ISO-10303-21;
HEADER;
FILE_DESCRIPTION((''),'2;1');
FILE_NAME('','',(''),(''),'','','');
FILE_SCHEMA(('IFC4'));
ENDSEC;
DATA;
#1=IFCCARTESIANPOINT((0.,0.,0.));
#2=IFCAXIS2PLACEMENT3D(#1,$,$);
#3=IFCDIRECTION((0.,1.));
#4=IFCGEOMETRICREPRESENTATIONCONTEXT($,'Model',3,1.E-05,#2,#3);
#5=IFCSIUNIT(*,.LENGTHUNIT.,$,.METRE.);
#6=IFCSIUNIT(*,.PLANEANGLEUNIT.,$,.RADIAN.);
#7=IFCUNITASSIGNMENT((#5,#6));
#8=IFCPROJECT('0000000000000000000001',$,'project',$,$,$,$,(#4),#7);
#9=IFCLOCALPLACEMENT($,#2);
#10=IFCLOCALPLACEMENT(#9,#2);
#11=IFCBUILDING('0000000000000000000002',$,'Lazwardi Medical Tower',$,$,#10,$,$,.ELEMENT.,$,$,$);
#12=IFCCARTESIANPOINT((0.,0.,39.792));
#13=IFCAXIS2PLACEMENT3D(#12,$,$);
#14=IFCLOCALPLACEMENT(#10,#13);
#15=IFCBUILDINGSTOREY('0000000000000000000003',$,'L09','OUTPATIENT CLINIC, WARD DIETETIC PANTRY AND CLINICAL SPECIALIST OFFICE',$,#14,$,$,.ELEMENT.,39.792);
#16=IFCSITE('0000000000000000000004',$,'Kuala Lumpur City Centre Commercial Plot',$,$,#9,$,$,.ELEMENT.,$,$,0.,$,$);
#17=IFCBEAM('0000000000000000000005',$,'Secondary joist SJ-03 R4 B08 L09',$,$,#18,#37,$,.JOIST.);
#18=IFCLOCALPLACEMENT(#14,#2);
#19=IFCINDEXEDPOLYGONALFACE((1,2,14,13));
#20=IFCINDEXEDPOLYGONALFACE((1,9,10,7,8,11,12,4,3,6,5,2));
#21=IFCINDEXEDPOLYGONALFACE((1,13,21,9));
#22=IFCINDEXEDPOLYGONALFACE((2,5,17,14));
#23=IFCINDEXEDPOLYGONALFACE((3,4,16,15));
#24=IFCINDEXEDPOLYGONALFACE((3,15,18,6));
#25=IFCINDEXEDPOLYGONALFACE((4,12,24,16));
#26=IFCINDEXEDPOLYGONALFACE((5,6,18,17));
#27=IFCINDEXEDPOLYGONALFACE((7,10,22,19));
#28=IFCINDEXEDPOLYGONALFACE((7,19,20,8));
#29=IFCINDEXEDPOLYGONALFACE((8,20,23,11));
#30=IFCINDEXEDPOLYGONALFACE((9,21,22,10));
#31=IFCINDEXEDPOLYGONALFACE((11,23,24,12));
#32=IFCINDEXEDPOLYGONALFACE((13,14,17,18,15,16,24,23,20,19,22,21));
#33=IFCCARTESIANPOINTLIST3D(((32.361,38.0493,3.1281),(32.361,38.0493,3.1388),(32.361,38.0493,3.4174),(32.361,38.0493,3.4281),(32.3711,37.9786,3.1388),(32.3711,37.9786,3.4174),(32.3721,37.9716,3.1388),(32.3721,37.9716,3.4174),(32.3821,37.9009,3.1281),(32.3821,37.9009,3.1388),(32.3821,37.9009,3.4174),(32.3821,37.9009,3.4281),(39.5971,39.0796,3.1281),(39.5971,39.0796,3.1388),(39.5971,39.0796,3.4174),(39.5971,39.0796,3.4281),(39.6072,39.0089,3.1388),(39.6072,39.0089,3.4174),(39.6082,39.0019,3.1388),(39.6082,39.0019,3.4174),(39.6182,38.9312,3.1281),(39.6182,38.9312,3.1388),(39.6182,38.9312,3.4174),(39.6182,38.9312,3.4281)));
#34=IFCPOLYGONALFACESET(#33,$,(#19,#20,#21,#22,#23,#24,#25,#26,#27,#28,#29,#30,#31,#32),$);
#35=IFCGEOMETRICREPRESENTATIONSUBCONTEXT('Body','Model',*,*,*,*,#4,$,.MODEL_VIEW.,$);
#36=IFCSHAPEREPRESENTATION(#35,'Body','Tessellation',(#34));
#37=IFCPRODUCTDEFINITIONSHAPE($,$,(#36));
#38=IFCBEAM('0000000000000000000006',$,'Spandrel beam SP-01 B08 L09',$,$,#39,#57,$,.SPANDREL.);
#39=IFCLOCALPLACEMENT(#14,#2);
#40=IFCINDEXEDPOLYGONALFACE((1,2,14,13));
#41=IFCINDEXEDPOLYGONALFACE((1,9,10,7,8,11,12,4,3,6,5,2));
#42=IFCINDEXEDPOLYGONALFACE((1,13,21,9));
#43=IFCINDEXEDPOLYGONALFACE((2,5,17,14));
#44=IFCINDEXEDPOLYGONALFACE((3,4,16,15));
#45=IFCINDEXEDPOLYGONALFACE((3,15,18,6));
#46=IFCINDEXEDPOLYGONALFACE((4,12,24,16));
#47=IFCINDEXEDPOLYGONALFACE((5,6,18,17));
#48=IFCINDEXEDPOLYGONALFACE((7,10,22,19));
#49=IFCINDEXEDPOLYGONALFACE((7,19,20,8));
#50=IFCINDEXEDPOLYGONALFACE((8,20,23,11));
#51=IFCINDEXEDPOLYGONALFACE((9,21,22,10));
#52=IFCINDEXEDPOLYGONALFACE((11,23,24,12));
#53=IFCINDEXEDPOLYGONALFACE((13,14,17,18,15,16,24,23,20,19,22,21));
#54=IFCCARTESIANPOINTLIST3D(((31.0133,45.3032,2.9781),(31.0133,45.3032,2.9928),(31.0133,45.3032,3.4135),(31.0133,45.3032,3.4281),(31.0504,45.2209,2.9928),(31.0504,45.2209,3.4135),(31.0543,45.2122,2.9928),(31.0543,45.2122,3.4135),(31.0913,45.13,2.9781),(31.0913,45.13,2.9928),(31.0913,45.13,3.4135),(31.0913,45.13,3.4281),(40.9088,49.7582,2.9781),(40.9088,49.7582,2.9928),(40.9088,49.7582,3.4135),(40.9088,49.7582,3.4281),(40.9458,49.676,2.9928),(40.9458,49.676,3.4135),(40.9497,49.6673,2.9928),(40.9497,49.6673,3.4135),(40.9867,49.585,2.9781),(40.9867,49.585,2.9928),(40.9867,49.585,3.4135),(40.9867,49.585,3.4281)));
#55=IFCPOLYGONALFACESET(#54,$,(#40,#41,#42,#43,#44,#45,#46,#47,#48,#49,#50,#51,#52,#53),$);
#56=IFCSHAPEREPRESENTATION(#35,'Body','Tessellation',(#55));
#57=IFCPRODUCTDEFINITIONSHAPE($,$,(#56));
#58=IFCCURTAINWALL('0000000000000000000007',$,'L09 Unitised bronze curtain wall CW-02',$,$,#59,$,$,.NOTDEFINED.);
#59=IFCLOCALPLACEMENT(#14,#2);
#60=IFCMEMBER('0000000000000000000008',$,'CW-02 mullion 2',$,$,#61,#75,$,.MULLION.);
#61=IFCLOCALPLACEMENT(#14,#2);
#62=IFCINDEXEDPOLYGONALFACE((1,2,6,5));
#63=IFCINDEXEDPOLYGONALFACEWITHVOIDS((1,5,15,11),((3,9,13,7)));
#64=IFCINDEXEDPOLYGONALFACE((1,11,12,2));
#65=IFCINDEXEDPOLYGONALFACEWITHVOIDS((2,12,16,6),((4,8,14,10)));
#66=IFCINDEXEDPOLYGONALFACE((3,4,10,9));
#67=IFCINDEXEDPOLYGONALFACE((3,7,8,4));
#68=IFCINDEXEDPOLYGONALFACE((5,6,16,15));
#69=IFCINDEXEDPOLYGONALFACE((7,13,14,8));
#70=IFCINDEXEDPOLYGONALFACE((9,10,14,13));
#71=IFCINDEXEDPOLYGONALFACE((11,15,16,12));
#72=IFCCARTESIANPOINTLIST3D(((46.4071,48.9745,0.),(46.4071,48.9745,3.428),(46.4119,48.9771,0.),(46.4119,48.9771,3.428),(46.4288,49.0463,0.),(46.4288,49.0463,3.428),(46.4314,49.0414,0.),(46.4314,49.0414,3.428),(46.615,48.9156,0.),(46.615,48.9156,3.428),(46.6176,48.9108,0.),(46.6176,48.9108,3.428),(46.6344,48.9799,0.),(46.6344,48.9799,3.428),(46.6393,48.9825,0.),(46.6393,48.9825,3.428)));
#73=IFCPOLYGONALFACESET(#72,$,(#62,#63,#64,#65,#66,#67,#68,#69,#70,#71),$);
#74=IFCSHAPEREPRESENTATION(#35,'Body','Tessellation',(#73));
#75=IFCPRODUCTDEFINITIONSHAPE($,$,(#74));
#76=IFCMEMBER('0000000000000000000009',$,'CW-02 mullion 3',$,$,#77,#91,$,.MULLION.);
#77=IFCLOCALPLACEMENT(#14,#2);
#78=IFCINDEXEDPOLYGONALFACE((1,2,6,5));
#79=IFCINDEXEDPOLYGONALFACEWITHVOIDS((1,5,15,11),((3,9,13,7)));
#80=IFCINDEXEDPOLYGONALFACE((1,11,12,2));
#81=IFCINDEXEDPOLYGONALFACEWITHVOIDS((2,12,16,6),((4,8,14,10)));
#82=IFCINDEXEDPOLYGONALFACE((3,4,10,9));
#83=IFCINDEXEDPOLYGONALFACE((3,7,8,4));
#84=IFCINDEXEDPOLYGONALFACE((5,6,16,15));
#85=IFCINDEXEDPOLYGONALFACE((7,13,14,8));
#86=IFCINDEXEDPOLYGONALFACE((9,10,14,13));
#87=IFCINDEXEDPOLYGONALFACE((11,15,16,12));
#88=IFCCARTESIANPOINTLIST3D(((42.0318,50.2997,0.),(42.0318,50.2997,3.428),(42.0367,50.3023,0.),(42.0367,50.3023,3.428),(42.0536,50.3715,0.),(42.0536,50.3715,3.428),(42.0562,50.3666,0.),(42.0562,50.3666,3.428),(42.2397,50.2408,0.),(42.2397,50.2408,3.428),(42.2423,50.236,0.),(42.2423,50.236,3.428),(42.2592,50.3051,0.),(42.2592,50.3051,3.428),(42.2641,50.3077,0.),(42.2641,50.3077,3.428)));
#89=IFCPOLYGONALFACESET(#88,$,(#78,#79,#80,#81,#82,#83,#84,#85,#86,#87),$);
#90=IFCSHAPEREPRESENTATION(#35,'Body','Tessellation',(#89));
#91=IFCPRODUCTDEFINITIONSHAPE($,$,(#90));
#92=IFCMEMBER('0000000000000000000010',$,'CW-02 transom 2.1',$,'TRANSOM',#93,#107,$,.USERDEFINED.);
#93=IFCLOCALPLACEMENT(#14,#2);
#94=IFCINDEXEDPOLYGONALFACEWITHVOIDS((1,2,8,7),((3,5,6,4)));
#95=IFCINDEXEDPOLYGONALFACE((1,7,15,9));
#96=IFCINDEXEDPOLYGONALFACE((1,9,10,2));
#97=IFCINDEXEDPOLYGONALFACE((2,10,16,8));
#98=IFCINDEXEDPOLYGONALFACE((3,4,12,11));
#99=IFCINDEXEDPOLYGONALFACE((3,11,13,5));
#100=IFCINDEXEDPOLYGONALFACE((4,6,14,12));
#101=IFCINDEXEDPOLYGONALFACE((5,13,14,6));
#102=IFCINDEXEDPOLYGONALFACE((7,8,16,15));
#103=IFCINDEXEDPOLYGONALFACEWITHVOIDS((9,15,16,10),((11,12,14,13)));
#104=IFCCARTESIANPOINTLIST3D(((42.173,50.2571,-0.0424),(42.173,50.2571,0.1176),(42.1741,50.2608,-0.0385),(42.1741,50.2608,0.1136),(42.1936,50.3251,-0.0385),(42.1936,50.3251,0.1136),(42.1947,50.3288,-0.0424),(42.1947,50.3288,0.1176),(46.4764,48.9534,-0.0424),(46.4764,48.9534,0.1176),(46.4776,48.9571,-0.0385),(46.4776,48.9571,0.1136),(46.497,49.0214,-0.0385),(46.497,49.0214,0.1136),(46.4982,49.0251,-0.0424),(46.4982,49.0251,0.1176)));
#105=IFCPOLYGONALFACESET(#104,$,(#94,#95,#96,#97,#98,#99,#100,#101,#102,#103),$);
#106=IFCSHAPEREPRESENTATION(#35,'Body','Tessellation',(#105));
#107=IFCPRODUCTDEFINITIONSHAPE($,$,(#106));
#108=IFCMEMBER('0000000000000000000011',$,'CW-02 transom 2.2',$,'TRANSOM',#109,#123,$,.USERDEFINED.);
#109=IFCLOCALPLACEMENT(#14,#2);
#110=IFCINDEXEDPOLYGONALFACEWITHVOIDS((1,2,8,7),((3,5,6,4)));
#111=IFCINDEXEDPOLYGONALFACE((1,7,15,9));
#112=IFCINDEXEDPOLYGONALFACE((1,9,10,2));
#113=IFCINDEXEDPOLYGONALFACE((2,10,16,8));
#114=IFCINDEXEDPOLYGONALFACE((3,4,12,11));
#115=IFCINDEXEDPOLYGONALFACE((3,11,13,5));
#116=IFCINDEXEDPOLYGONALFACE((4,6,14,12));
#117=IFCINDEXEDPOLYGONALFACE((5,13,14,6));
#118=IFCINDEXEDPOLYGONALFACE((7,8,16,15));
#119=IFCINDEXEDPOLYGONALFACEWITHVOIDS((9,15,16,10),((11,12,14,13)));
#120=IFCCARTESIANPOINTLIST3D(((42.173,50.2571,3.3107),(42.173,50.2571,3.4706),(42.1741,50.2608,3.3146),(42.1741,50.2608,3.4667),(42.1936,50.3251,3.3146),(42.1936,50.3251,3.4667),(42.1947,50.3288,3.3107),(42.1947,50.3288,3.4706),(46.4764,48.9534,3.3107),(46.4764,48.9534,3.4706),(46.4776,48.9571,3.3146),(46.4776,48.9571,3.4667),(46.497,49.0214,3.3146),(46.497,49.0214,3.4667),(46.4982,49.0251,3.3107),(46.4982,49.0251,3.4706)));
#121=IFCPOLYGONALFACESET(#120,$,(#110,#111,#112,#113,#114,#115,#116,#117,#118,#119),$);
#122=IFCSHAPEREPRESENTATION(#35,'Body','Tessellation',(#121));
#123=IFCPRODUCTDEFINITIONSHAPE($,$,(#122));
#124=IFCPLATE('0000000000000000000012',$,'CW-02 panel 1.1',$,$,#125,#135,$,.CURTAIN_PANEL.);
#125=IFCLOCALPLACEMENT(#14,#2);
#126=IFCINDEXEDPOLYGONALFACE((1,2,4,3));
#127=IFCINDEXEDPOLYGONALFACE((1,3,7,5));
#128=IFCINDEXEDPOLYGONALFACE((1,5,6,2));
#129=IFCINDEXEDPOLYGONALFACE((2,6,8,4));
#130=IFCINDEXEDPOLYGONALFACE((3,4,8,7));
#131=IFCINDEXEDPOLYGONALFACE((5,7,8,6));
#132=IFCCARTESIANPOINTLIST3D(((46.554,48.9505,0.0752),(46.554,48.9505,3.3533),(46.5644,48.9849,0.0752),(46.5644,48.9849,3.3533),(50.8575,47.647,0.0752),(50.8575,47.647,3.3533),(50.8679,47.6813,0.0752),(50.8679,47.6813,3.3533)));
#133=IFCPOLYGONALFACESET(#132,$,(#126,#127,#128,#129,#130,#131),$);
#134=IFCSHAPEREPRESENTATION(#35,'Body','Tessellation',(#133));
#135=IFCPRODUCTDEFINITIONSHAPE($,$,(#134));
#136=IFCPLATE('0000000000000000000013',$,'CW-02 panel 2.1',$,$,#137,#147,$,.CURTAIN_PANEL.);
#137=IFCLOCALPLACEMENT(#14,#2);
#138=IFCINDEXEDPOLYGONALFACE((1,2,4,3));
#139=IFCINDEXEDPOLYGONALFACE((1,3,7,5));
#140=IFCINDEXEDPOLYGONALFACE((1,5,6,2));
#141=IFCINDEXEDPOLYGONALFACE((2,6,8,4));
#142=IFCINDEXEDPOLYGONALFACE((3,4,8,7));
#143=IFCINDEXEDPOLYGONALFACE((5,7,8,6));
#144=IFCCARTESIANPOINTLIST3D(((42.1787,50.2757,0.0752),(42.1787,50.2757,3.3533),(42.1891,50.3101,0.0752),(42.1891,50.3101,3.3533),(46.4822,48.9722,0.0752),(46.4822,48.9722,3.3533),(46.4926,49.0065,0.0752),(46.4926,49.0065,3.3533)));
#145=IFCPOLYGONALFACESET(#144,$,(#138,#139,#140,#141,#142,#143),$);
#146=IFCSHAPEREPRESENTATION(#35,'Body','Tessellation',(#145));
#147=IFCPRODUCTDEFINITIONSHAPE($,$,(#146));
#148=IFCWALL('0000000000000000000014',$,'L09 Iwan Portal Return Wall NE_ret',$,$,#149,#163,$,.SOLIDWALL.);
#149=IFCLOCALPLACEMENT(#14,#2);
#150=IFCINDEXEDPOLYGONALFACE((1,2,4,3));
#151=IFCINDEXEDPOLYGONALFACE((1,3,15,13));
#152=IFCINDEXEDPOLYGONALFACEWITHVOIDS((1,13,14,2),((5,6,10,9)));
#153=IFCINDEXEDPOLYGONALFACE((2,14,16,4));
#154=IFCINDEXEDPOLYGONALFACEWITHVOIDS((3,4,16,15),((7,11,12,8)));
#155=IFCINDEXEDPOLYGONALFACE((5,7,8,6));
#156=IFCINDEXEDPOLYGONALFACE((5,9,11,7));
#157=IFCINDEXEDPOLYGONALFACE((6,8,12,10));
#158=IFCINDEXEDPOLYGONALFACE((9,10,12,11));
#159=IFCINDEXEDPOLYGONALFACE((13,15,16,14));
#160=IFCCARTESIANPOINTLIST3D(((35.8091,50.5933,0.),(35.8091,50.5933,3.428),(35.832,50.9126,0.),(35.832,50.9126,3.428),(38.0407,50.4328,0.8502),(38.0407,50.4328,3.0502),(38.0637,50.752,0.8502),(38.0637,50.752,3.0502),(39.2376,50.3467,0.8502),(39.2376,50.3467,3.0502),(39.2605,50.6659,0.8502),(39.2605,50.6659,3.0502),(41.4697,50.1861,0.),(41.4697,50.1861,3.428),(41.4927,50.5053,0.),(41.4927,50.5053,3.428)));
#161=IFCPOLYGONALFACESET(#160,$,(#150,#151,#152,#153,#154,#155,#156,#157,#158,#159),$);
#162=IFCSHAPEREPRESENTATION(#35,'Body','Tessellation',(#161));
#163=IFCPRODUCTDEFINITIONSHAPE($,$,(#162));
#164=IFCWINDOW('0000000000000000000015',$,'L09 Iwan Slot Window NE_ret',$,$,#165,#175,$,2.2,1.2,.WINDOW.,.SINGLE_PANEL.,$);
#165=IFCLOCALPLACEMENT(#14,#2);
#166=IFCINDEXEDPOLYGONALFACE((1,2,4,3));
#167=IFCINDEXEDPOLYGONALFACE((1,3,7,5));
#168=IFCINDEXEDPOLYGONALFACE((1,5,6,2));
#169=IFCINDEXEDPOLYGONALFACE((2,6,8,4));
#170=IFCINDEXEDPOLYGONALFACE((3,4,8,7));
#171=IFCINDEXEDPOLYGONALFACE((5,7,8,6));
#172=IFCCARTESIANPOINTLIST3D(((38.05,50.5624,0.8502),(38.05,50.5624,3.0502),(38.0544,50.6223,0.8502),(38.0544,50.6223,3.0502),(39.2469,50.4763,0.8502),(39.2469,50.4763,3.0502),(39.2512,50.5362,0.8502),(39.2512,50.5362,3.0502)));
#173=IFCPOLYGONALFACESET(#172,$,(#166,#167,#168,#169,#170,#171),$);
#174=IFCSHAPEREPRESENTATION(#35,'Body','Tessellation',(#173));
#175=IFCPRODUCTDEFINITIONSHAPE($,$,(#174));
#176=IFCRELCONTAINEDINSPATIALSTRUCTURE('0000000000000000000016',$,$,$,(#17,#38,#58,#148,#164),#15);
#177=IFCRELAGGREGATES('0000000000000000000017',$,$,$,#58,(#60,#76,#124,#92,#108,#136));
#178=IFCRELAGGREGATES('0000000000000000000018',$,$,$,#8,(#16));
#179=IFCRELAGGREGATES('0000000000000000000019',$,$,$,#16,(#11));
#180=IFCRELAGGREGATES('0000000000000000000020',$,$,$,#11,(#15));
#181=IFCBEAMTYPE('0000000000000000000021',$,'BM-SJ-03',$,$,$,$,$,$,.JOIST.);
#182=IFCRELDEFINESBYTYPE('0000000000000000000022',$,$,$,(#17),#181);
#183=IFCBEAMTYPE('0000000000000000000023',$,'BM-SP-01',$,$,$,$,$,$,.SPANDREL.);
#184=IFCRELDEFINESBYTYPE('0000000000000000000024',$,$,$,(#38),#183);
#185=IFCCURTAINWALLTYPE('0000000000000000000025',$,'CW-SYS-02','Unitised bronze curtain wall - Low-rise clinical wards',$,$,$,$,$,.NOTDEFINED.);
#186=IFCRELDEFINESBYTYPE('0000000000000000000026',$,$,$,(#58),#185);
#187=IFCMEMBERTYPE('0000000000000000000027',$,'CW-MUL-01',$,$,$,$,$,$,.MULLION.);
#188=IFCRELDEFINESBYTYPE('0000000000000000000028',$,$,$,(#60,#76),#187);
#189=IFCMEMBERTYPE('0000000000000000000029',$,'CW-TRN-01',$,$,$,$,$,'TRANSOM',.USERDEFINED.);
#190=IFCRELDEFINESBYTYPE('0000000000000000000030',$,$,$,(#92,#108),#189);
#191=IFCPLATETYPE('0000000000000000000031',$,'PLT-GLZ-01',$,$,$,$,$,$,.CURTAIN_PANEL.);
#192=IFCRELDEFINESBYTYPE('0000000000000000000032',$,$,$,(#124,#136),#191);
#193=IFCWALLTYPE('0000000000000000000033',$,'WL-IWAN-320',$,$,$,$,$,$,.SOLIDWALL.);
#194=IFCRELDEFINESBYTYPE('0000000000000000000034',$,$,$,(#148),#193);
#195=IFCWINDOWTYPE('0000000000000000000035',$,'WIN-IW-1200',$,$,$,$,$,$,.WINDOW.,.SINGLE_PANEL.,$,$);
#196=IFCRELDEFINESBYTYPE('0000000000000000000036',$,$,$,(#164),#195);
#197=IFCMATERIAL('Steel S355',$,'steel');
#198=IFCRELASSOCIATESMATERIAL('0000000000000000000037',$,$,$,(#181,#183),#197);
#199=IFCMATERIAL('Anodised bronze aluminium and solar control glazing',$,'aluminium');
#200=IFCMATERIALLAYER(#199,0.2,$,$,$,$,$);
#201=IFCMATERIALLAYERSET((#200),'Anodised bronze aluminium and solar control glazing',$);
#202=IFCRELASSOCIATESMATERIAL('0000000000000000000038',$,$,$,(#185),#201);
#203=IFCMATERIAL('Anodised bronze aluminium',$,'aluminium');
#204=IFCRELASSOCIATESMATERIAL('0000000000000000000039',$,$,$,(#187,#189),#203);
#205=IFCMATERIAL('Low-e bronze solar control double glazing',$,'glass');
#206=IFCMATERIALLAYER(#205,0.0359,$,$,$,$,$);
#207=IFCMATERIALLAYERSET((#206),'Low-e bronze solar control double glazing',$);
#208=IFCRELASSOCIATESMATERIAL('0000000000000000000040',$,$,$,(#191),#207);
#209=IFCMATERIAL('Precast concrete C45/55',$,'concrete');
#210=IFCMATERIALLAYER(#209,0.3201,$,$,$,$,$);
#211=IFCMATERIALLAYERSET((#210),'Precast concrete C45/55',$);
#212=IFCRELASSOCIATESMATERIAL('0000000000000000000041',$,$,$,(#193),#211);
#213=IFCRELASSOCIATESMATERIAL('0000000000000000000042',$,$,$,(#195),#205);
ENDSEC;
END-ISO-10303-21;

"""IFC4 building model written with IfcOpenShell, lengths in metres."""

from ifc_helpers import new_model, si_unit, direction, frame, frame_2d, origin, origin_2d, place, context, subcontext, project, spatial, rectangle, hollow_rectangle, i_section, extrude, material, layer, layer_set, material_profile, profile_set, type_object, element, fill, aggregate, save


model = new_model("IFC4")

# Units and contexts
model_context = context("Model", 3, precision=1e-05, world=origin(), true_north=direction((0.0, 1.0)))
body_context = subcontext(model_context, "Body", "Model", "MODEL_VIEW")
ifc_project = project(units=[si_unit("LENGTHUNIT", "METRE"), si_unit("PLANEANGLEUNIT", "RADIAN")], contexts=[model_context])

# Site, building, storey
site_placement = place(None, origin())
site = spatial("IfcSite", under=ifc_project, at=site_placement, Name="Kuala Lumpur City Centre Commercial Plot", CompositionType="ELEMENT", RefElevation=0.0)
building_placement = place(site_placement, origin())
building = spatial("IfcBuilding", under=site, at=building_placement, Name="Lazwardi Medical Tower", CompositionType="ELEMENT")
storey_placement = place(building_placement, frame((0.0, 0.0, 39.792)))
storey = spatial("IfcBuildingStorey", under=building, at=storey_placement, Name="L09", Description="OUTPATIENT CLINIC, WARD DIETETIC PANTRY AND CLINICAL SPECIALIST OFFICE", CompositionType="ELEMENT", Elevation=39.792)

# Beams
ifc_material_1 = material(Name="Steel S355", Category="steel")
ifc_material_profile_1 = material_profile(ifc_material_1, i_section(OverallWidth=0.1499, OverallDepth=0.3, WebThickness=0.0071, FlangeThickness=0.0107, at=origin_2d()), Name="IPE 300")
ifc_profile_set_1 = profile_set([ifc_material_profile_1], Name="Steel S355")
beam_type_1 = type_object("IfcBeamType", Name="BM-SJ-03", PredefinedType="JOIST", material=ifc_profile_set_1)
beam_1_placement = place(storey_placement, frame((39.6077, 39.0054, 3.2781), z_axis=(-0.990016, -0.140958, 0.0), x_axis=(0.140958, -0.990016, 0.0)))
element("IfcBeam", 1, at=beam_1_placement, inside=storey, type_object=beam_type_1, Name="Secondary joist SJ-03 R4 B08 L09", PredefinedType="JOIST", context=body_context, shape_type="SweptSolid", body=[
    extrude(i_section(OverallWidth=0.1499, OverallDepth=0.3, WebThickness=0.0071, FlangeThickness=0.0107, at=origin_2d()), origin(), (0.0, 0.0, 1.0), 7.3091),
])
ifc_material_profile_2 = material_profile(ifc_material_1, i_section(OverallWidth=0.1899, OverallDepth=0.45, WebThickness=0.0095, FlangeThickness=0.0146, at=origin_2d()), Name="IPE 450")
ifc_profile_set_2 = profile_set([ifc_material_profile_2], Name="Steel S355")
beam_type_2 = type_object("IfcBeamType", Name="BM-SP-01", PredefinedType="SPANDREL", material=ifc_profile_set_2)
beam_2_placement = place(storey_placement, frame((40.9478, 49.6716, 3.2031), z_axis=(-0.911849, -0.410526, 0.0), x_axis=(0.410526, -0.911849, 0.0)))
element("IfcBeam", 2, at=beam_2_placement, inside=storey, type_object=beam_type_2, Name="Spandrel beam SP-01 B08 L09", PredefinedType="SPANDREL", context=body_context, shape_type="SweptSolid", body=[
    extrude(i_section(OverallWidth=0.1899, OverallDepth=0.45, WebThickness=0.0095, FlangeThickness=0.0146, at=origin_2d()), origin(), (0.0, 0.0, 1.0), 10.8521),
])

# Curtain wall, members, plates
ifc_material_2 = material(Name="Anodised bronze aluminium and solar control glazing", Category="aluminium")
ifc_layer_1 = layer(ifc_material_2, 0.2)
ifc_layer_set_1 = layer_set([ifc_layer_1], Name="Anodised bronze aluminium and solar control glazing")
curtain_wall_type = type_object("IfcCurtainWallType", Name="CW-SYS-02", Description="Unitised bronze curtain wall - Low-rise clinical wards", PredefinedType="NOTDEFINED", material=ifc_layer_set_1)
curtain_wall_placement = place(storey_placement, origin())
curtain_wall = element("IfcCurtainWall", 3, at=curtain_wall_placement, inside=storey, type_object=curtain_wall_type, Name="L09 Unitised bronze curtain wall CW-02", PredefinedType="NOTDEFINED")
ifc_material_3 = material(Name="Anodised bronze aluminium", Category="aluminium")
ifc_material_profile_3 = material_profile(ifc_material_3, hollow_rectangle(XDim=0.075, YDim=0.22, WallThickness=0.0039, at=origin_2d()), Name="ALU-MULLION 220x75x4")
ifc_profile_set_3 = profile_set([ifc_material_profile_3], Name="Anodised bronze aluminium")
member_type_1 = type_object("IfcMemberType", Name="CW-MUL-01", PredefinedType="MULLION", material=ifc_profile_set_3)
member_1_placement = place(storey_placement, frame((46.5232, 48.9785, 0.0), z_axis=(0.0, 0.0, 1.0), x_axis=(-0.289896, -0.957058, 0.0)))
member_1 = element("IfcMember", 4, at=member_1_placement, type_object=member_type_1, Name="CW-02 mullion 2", PredefinedType="MULLION", context=body_context, shape_type="SweptSolid", body=[
    extrude(hollow_rectangle(XDim=0.075, YDim=0.22, WallThickness=0.0039, at=origin_2d()), origin(), (0.0, 0.0, 1.0), 3.428),
])
member_2_placement = place(storey_placement, frame((42.1479, 50.3037, 0.0), z_axis=(0.0, 0.0, 1.0), x_axis=(-0.289896, -0.957058, 0.0)))
member_2 = element("IfcMember", 5, at=member_2_placement, type_object=member_type_1, Name="CW-02 mullion 3", PredefinedType="MULLION", context=body_context, shape_type="SweptSolid", body=[
    extrude(hollow_rectangle(XDim=0.075, YDim=0.22, WallThickness=0.0039, at=origin_2d()), origin(), (0.0, 0.0, 1.0), 3.428),
])
ifc_material_profile_4 = material_profile(ifc_material_3, hollow_rectangle(XDim=0.075, YDim=0.1599, WallThickness=0.0039, at=origin_2d()), Name="ALU-TRANSOM 160x75x4")
ifc_profile_set_4 = profile_set([ifc_material_profile_4], Name="Anodised bronze aluminium")
member_type_2 = type_object("IfcMemberType", Name="CW-TRN-01", ElementType="TRANSOM", PredefinedType="USERDEFINED", material=ifc_profile_set_4)
member_3_placement = place(storey_placement, frame((46.4873, 48.9893, 0.0376), z_axis=(-0.957047, 0.289932, 0.0), x_axis=(-0.289932, -0.957047, 0.0)))
member_3 = element("IfcMember", 6, at=member_3_placement, type_object=member_type_2, Name="CW-02 transom 2.1", ObjectType="TRANSOM", PredefinedType="USERDEFINED", context=body_context, shape_type="SweptSolid", body=[
    extrude(hollow_rectangle(XDim=0.075, YDim=0.1599, WallThickness=0.0039, at=origin_2d()), origin(), (0.0, 0.0, 1.0), 4.4966),
])
member_4_placement = place(storey_placement, frame((46.4873, 48.9893, 3.3906), z_axis=(-0.957047, 0.289932, 0.0), x_axis=(-0.289932, -0.957047, 0.0)))
member_4 = element("IfcMember", 7, at=member_4_placement, type_object=member_type_2, Name="CW-02 transom 2.2", ObjectType="TRANSOM", PredefinedType="USERDEFINED", context=body_context, shape_type="SweptSolid", body=[
    extrude(hollow_rectangle(XDim=0.075, YDim=0.1599, WallThickness=0.0039, at=origin_2d()), origin(), (0.0, 0.0, 1.0), 4.4966),
])
ifc_material_4 = material(Name="Low-e bronze solar control double glazing", Category="glass")
ifc_layer_2 = layer(ifc_material_4, 0.0359)
ifc_layer_set_2 = layer_set([ifc_layer_2], Name="Low-e bronze solar control double glazing")
plate_type = type_object("IfcPlateType", Name="PLT-GLZ-01", PredefinedType="CURTAIN_PANEL", material=ifc_layer_set_2)
plate_1_placement = place(storey_placement, frame((48.7109, 48.3159, 0.0752), z_axis=(0.0, 0.0, 1.0), x_axis=(-0.957058, 0.289896, 0.0)))
plate_1 = element("IfcPlate", 8, at=plate_1_placement, type_object=plate_type, Name="CW-02 panel 1.1", PredefinedType="CURTAIN_PANEL", context=body_context, shape_type="SweptSolid", body=[
    extrude(rectangle(XDim=4.4966, YDim=0.0359, at=origin_2d()), origin(), (0.0, 0.0, 1.0), 3.2781),
])
plate_2_placement = place(storey_placement, frame((44.3357, 49.6411, 0.0752), z_axis=(0.0, 0.0, 1.0), x_axis=(-0.957058, 0.289896, 0.0)))
plate_2 = element("IfcPlate", 9, at=plate_2_placement, type_object=plate_type, Name="CW-02 panel 2.1", PredefinedType="CURTAIN_PANEL", context=body_context, shape_type="SweptSolid", body=[
    extrude(rectangle(XDim=4.4966, YDim=0.0359, at=origin_2d()), origin(), (0.0, 0.0, 1.0), 3.2781),
])
aggregate(curtain_wall, [member_1, member_2, plate_1, member_3, member_4, plate_2])

# Wall, opening, window
ifc_material_5 = material(Name="Precast concrete C45/55", Category="concrete")
ifc_layer_3 = layer(ifc_material_5, 0.3201)
ifc_layer_set_3 = layer_set([ifc_layer_3], Name="Precast concrete C45/55")
wall_type_1 = type_object("IfcWallType", Name="WL-IWAN-320", PredefinedType="SOLIDWALL", material=ifc_layer_set_3)
wall_1_placement = place(storey_placement, frame((41.4812, 50.3457, 0.0), z_axis=(0.0, 0.0, 1.0), x_axis=(-0.997422, 0.071755, 0.0)))
wall_1 = element("IfcWall", 10, at=wall_1_placement, inside=storey, type_object=wall_type_1, Name="L09 Iwan Portal Return Wall NE_ret", PredefinedType="SOLIDWALL", context=body_context, shape_type="SweptSolid", body=[
    extrude(rectangle(XDim=5.6753, YDim=0.3201, at=frame_2d((2.8376, 0.0))), origin(), (0.0, 0.0, 1.0), 3.428),
])
opening_1_placement = place(wall_1_placement, frame((2.2378, 0.0, 0.8501)))
opening_1 = element("IfcOpeningElement", 11, at=opening_1_placement, cuts=wall_1, PredefinedType="OPENING", context=body_context, shape_type="SweptSolid", body=[
    extrude(rectangle(XDim=1.2, YDim=2.2, at=frame_2d((0.6001, 1.1001))), frame((0.0, 0.1699, 0.0), z_axis=(0.0, -1.0, 0.0), x_axis=(1.0, 0.0, 0.0)), (0.0, 0.0, 1.0), 0.3401),
])
window_type_1 = type_object("IfcWindowType", Name="WIN-IW-1200", PartitioningType="SINGLE_PANEL", PredefinedType="WINDOW", material=ifc_material_4)
window_1_placement = place(opening_1_placement, origin())
window_1 = element("IfcWindow", 12, at=window_1_placement, inside=storey, type_object=window_type_1, Name="L09 Iwan Slot Window NE_ret", OverallHeight=2.2, OverallWidth=1.2, PartitioningType="SINGLE_PANEL", PredefinedType="WINDOW", context=body_context, shape_type="SweptSolid", body=[
    extrude(rectangle(XDim=1.2, YDim=2.2, at=frame_2d((0.6001, 1.1001))), frame((0.0, 0.03, 0.0), z_axis=(0.0, -1.0, 0.0), x_axis=(1.0, 0.0, 0.0)), (0.0, 0.0, 1.0), 0.0601),
])
fill(opening_1, window_1)

save(model, "model.ifc")
